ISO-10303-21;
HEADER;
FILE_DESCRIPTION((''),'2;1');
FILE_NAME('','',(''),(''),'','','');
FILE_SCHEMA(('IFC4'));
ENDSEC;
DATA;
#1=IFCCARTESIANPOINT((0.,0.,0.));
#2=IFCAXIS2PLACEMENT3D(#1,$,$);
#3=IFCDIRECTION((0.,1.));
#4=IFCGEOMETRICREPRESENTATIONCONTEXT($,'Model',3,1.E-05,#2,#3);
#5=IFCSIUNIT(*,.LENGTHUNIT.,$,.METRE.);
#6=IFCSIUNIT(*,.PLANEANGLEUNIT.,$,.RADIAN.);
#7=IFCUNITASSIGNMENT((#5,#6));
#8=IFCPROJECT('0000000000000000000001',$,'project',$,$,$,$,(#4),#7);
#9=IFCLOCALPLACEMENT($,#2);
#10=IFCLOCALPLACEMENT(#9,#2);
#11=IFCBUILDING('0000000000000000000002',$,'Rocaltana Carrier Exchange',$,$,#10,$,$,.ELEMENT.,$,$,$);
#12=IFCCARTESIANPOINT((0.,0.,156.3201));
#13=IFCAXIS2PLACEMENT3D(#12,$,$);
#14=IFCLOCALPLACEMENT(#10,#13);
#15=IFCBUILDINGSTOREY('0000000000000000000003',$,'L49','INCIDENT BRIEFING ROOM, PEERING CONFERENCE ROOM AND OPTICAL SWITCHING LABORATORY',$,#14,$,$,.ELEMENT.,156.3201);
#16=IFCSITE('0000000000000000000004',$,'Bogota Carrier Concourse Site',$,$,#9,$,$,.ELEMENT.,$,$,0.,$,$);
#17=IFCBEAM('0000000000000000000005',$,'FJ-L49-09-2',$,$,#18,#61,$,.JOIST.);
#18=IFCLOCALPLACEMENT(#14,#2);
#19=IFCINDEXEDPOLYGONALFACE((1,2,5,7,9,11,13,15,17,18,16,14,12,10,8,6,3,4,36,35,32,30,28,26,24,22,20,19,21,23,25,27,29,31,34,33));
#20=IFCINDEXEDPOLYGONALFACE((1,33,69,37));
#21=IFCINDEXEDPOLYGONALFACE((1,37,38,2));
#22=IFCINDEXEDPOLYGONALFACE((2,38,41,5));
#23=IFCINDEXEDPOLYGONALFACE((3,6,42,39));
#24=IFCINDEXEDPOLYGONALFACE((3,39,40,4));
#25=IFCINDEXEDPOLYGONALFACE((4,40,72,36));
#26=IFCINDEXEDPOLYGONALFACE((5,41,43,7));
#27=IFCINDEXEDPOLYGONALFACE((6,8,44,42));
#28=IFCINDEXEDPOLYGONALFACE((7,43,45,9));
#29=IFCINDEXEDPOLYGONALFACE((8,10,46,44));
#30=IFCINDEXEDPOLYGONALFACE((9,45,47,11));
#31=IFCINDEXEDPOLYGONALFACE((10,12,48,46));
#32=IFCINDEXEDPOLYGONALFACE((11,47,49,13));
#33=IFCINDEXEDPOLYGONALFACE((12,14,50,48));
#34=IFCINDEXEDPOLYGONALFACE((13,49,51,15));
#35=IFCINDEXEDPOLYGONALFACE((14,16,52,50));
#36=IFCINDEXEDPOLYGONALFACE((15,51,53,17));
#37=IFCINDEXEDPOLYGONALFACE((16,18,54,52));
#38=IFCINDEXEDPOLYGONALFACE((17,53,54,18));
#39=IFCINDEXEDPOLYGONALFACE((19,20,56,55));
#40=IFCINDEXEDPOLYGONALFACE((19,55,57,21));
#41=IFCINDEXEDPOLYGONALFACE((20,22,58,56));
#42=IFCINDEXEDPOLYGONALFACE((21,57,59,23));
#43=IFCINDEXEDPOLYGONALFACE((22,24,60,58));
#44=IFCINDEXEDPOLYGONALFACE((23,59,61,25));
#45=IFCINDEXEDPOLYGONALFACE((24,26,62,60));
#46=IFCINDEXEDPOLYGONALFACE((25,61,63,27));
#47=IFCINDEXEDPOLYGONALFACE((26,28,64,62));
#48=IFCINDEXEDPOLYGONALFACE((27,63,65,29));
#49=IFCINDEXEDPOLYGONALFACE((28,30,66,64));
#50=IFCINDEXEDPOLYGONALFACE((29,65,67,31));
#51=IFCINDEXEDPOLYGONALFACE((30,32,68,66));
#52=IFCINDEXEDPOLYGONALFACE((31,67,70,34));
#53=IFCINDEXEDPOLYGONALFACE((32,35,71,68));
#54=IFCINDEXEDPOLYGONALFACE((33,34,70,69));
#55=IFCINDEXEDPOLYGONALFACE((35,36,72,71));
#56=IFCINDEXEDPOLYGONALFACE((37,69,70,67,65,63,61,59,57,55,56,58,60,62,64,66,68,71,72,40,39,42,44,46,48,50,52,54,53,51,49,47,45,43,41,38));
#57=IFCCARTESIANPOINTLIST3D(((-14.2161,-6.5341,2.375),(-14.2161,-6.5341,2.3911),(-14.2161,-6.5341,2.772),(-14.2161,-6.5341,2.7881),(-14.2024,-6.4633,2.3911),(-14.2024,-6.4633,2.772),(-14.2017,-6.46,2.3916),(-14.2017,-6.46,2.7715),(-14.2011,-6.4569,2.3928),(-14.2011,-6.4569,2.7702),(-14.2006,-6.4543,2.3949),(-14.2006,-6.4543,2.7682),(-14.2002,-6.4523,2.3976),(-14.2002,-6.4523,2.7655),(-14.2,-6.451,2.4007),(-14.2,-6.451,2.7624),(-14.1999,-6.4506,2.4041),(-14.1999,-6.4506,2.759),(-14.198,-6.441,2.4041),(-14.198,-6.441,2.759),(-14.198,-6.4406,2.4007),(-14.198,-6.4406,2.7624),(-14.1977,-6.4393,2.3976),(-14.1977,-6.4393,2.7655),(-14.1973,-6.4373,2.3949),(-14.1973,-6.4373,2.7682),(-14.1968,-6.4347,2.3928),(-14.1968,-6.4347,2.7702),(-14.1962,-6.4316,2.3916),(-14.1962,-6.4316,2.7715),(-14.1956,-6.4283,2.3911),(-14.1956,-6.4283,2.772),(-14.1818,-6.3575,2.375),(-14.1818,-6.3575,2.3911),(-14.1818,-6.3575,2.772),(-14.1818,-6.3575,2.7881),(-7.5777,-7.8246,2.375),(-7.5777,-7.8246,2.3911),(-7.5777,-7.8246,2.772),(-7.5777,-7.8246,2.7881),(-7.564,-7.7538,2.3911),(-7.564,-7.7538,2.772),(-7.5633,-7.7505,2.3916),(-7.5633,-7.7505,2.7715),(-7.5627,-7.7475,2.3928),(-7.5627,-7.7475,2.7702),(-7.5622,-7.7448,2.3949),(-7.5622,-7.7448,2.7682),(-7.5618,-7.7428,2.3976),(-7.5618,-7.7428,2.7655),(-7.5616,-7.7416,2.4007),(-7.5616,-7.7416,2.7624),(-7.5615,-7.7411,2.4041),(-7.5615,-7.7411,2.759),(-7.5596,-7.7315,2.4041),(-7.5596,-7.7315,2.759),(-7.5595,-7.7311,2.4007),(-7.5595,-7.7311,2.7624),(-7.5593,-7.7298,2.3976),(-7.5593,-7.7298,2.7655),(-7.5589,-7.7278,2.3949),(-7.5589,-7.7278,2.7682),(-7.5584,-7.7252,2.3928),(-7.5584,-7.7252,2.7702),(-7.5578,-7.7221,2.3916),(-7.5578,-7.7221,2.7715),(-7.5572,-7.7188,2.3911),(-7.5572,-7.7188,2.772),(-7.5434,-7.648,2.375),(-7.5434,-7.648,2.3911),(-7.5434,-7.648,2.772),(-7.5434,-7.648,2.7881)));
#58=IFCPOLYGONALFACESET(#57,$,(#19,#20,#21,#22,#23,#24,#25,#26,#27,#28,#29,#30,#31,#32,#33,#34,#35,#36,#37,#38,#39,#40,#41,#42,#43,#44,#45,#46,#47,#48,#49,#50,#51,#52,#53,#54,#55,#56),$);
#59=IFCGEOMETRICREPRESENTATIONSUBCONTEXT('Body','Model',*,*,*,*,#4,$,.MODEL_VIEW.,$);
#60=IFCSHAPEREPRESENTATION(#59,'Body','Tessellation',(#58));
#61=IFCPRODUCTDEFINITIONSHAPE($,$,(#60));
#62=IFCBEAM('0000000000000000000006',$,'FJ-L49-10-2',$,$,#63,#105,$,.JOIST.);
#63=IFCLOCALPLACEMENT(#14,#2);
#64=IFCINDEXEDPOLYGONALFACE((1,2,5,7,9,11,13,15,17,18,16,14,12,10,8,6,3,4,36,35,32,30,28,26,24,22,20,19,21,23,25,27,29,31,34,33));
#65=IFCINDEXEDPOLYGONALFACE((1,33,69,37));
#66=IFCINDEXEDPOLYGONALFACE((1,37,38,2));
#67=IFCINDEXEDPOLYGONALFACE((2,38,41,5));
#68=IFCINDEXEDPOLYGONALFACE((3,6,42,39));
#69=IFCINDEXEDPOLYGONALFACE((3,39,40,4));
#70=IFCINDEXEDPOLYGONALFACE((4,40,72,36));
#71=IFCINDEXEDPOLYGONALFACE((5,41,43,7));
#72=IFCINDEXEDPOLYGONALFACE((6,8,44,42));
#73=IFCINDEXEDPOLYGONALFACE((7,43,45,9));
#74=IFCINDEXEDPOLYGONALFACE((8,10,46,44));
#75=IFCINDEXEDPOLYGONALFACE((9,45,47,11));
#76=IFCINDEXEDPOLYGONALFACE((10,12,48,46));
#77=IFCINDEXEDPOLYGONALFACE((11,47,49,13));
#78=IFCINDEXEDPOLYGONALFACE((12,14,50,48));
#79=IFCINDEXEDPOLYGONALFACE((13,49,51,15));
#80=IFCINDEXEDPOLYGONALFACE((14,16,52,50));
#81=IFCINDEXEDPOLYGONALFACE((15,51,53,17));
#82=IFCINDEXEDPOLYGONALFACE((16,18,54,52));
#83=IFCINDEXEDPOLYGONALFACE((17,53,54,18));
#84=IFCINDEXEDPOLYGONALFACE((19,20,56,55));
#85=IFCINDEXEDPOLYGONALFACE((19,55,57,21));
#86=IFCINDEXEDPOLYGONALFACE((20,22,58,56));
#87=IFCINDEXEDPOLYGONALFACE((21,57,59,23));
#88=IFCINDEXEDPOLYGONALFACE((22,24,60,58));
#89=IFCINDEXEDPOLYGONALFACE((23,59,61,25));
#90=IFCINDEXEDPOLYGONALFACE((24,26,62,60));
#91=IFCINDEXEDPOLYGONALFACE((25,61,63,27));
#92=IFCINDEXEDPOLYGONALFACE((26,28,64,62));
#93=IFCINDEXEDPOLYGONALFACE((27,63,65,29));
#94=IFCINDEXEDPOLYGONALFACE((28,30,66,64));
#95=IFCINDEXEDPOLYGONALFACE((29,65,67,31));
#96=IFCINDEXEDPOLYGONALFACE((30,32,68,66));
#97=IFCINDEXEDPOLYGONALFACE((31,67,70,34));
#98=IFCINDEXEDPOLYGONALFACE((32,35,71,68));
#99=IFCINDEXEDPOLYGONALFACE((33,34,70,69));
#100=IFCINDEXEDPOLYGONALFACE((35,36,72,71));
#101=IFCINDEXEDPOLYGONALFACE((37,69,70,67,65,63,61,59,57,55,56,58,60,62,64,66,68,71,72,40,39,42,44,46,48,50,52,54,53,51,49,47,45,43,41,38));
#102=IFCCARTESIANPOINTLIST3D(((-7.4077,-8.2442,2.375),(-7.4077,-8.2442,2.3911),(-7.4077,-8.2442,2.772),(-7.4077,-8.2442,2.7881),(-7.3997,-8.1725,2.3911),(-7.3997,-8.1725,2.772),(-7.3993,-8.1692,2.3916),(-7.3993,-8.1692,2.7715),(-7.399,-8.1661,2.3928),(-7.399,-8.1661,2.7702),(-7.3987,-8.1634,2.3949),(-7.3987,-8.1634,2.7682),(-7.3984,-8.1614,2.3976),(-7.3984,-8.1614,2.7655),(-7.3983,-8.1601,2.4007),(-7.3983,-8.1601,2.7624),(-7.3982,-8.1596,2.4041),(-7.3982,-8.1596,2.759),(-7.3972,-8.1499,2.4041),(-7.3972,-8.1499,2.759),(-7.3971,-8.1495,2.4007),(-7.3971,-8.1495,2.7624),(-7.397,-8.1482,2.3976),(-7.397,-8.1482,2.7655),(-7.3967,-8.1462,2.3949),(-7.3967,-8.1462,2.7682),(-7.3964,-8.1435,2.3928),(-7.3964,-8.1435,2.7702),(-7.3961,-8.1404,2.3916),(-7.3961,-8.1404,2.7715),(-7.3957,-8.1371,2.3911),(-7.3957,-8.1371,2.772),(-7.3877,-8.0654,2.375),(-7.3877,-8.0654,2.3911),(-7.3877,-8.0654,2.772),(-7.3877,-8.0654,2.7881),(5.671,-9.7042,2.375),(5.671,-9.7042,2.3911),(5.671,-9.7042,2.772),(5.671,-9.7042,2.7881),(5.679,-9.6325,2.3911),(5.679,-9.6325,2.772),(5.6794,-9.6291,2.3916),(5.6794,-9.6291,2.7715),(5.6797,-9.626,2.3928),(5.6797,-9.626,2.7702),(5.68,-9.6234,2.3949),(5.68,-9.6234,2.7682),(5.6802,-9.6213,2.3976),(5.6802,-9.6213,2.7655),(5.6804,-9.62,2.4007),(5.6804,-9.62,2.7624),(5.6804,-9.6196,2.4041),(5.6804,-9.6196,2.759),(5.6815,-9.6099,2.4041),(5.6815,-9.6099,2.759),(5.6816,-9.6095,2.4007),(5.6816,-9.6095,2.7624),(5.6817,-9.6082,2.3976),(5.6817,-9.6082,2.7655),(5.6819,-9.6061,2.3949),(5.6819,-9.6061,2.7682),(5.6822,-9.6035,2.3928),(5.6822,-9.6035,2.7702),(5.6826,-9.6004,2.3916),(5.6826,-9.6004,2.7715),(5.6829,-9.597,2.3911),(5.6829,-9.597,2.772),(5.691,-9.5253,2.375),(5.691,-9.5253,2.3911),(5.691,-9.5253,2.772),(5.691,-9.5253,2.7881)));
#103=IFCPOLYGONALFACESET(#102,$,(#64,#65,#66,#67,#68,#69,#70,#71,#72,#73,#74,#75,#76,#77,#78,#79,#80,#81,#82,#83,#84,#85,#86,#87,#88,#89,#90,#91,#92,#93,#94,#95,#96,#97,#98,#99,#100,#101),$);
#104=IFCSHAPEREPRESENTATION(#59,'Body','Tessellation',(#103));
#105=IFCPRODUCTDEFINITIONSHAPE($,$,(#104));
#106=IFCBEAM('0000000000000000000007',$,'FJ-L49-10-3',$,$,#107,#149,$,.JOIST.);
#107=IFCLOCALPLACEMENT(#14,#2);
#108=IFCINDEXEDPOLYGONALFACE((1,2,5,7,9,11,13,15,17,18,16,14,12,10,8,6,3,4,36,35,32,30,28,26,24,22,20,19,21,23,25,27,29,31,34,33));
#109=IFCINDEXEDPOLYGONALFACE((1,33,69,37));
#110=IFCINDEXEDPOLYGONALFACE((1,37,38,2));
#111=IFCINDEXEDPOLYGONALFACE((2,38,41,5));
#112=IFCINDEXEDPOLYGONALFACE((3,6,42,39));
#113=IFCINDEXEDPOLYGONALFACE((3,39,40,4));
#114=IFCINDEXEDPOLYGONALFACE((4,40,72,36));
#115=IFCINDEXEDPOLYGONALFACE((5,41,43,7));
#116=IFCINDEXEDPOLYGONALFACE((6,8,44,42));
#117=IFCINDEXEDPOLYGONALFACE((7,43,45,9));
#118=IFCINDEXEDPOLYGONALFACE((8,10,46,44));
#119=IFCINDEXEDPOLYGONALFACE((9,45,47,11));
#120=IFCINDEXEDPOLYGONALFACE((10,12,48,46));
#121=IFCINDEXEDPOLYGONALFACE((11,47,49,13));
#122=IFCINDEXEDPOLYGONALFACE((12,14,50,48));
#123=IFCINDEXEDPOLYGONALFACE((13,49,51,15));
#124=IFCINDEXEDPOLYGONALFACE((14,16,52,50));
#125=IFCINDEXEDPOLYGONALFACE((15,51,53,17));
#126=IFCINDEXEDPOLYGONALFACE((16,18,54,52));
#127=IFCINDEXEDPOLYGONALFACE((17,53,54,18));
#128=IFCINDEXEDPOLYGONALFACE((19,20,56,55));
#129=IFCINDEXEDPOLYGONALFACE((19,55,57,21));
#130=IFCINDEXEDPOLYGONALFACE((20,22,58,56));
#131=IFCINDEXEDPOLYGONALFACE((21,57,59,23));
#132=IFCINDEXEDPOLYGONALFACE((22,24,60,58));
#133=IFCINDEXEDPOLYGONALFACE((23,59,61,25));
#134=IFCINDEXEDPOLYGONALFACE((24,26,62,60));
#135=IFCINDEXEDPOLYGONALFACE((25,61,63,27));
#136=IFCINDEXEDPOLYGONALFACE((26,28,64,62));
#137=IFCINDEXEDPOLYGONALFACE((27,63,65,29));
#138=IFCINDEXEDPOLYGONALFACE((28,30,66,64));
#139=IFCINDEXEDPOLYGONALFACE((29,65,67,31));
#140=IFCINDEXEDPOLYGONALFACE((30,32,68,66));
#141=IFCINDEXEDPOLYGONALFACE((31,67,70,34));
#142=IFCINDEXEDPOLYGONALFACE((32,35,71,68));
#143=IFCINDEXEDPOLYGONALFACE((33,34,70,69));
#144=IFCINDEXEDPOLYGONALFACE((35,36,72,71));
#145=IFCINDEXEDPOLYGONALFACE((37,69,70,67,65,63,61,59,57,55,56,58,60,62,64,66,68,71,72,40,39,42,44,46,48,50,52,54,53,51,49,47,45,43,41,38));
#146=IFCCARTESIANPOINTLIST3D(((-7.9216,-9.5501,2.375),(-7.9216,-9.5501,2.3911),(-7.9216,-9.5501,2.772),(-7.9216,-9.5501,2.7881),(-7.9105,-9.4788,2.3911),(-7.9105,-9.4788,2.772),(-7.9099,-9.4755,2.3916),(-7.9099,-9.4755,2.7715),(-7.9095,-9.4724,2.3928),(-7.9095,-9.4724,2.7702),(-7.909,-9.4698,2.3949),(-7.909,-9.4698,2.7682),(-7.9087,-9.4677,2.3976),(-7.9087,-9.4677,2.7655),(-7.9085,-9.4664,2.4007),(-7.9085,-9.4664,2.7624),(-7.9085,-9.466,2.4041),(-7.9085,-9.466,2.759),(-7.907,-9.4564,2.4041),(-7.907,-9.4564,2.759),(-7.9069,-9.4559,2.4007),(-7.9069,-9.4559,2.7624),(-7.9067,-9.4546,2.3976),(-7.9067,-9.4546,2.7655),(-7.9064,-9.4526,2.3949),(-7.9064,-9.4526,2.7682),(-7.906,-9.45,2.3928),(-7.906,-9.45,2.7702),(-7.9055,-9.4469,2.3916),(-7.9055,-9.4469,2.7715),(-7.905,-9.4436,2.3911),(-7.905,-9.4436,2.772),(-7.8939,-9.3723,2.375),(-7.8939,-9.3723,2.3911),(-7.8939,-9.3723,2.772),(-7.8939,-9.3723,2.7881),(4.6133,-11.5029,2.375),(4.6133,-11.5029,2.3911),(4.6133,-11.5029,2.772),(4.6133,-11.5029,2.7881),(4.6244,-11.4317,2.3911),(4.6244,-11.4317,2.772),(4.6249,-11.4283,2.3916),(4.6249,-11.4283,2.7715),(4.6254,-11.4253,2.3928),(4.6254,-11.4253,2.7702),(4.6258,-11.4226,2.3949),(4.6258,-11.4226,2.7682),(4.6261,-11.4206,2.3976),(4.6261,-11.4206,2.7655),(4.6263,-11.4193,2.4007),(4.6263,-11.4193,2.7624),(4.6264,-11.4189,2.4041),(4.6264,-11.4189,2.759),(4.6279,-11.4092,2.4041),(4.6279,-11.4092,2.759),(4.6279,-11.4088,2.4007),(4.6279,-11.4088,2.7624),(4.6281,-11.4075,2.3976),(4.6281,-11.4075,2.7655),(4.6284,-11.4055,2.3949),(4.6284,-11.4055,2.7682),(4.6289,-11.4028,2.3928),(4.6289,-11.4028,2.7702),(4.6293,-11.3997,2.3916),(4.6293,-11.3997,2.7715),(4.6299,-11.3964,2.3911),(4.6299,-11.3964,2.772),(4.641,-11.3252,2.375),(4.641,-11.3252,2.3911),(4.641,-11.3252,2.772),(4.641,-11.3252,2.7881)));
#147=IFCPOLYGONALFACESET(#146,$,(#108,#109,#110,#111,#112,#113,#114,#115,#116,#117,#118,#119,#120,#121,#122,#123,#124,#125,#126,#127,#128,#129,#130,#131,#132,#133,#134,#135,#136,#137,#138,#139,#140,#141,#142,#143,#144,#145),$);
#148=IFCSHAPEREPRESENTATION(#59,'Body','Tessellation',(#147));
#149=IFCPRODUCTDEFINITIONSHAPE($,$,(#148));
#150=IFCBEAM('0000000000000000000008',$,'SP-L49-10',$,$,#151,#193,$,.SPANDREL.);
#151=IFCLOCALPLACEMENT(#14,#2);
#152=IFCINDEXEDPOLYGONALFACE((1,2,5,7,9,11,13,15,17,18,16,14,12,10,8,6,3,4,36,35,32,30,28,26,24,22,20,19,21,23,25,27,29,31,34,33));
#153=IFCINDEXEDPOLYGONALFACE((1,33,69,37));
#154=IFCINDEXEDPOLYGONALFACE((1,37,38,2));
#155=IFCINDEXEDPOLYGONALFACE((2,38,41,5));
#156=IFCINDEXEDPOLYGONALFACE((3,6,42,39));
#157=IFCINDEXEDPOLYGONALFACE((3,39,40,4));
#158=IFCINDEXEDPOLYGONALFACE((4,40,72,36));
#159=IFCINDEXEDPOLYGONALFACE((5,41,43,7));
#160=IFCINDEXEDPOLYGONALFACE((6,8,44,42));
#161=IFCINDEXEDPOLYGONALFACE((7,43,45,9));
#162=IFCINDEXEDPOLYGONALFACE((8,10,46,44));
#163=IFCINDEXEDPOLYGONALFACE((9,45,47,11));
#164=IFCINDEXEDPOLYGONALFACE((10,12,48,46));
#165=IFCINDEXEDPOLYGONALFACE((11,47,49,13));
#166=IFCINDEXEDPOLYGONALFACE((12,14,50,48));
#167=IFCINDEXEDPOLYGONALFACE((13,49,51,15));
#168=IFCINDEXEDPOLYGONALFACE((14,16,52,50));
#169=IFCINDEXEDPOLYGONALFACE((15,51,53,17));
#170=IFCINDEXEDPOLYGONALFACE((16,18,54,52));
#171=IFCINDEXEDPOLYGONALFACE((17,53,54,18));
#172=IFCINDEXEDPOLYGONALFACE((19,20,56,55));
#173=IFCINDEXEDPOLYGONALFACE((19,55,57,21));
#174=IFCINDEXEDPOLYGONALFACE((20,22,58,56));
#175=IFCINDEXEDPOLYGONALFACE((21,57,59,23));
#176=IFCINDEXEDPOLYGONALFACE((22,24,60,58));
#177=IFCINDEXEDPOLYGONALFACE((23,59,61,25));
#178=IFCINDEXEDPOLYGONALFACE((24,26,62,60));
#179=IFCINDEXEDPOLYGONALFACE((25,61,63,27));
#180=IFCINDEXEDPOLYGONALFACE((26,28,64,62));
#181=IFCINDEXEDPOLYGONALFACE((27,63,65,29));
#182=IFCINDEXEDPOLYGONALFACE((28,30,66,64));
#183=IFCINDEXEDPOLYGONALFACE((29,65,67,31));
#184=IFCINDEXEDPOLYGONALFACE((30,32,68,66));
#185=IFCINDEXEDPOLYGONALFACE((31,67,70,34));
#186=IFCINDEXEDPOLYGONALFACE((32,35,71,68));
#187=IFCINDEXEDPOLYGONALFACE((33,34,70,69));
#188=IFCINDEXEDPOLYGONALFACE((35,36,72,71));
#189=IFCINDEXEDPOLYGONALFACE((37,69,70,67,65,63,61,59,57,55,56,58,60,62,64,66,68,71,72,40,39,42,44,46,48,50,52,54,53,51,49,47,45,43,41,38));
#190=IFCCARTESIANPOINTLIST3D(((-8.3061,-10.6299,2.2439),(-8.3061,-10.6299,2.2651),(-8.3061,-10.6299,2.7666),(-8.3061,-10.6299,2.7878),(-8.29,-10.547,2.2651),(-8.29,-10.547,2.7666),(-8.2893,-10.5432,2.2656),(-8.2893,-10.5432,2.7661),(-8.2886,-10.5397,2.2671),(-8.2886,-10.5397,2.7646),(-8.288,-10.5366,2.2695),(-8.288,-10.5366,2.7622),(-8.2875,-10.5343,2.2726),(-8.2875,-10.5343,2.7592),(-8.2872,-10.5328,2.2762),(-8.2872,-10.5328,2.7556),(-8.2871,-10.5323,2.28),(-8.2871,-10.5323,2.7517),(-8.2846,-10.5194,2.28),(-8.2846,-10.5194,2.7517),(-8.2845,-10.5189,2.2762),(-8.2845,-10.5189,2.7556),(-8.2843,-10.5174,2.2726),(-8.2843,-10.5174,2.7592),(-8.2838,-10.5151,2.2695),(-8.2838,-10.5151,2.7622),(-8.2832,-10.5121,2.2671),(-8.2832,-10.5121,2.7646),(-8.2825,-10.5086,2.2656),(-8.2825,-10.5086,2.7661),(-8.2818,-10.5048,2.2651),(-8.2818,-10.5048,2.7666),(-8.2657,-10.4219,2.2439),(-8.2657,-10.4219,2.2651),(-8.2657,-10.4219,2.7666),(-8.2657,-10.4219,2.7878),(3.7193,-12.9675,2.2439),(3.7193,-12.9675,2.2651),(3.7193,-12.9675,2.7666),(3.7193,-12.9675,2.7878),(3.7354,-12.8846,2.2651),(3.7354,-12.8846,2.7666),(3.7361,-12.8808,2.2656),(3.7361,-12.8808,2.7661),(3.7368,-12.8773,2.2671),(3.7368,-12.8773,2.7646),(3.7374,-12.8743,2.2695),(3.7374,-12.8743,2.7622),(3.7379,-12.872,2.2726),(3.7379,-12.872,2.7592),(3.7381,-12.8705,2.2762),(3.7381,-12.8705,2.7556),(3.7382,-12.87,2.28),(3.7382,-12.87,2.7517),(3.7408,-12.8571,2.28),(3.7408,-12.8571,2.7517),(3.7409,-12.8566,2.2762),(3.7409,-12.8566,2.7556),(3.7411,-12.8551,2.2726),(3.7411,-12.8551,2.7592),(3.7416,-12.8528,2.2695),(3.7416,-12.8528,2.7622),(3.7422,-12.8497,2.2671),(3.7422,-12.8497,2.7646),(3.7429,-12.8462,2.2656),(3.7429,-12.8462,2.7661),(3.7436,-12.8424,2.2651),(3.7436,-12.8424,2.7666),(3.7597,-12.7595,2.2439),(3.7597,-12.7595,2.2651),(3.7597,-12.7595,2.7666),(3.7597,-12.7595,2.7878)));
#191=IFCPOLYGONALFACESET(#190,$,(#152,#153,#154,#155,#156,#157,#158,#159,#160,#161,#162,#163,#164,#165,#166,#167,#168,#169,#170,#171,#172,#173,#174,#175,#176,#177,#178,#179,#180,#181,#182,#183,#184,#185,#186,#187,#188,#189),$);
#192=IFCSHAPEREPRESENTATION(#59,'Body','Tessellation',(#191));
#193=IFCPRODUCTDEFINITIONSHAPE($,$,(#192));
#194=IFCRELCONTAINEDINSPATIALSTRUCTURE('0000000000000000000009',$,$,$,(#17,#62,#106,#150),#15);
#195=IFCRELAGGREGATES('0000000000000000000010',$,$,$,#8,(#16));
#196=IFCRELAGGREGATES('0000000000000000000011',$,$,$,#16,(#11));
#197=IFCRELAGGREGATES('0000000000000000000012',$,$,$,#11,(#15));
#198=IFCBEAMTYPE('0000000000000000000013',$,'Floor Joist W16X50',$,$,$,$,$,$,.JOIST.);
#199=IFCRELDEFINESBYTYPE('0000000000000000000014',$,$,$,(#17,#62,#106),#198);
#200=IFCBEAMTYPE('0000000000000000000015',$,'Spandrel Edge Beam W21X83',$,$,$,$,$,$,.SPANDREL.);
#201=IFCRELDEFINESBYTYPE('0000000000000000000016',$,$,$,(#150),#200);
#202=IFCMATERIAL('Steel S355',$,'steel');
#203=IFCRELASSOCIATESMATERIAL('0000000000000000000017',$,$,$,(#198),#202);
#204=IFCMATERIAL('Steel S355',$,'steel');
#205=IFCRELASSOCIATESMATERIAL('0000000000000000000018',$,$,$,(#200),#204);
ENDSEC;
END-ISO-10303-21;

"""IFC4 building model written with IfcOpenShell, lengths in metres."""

from ifc_helpers import new_model, si_unit, direction, frame, origin, origin_2d, place, context, subcontext, project, spatial, i_section, extrude, material, material_profile, profile_set, type_object, element, save


model = new_model("IFC4")

# Units and contexts
model_context = context("Model", 3, precision=1e-05, world=origin(), true_north=direction((0.0, 1.0)))
body_context = subcontext(model_context, "Body", "Model", "MODEL_VIEW")
ifc_project = project(units=[si_unit("LENGTHUNIT", "METRE"), si_unit("PLANEANGLEUNIT", "RADIAN")], contexts=[model_context])

# Site, building, storey
site_placement = place(None, origin())
site = spatial("IfcSite", under=ifc_project, at=site_placement, Name="Bogota Carrier Concourse Site", CompositionType="ELEMENT", RefElevation=0.0)
building_placement = place(site_placement, origin())
building = spatial("IfcBuilding", under=site, at=building_placement, Name="Rocaltana Carrier Exchange", CompositionType="ELEMENT")
storey_placement = place(building_placement, frame((0.0, 0.0, 156.3201)))
storey = spatial("IfcBuildingStorey", under=building, at=storey_placement, Name="L49", Description="INCIDENT BRIEFING ROOM, PEERING CONFERENCE ROOM AND OPTICAL SWITCHING LABORATORY", CompositionType="ELEMENT", Elevation=156.3201)

# Beams
ifc_material_1 = material(Name="Steel S355", Category="steel")
ifc_material_profile_1 = material_profile(ifc_material_1, i_section(OverallWidth=0.1799, OverallDepth=0.4131, WebThickness=0.0098, FlangeThickness=0.0161, FilletRadius=0.0129, at=origin_2d()), Name="W16X50")
ifc_profile_set_1 = profile_set([ifc_material_profile_1], Name="Steel S355")
beam_type_1 = type_object("IfcBeamType", Name="Floor Joist W16X50", PredefinedType="JOIST", material=ifc_profile_set_1)
beam_1_placement = place(storey_placement, frame((-14.199, -6.4458, 2.5815), z_axis=(0.981623, -0.19083, 0.0), x_axis=(0.19083, 0.981623, 0.0)))
element("IfcBeam", 1, at=beam_1_placement, inside=storey, type_object=beam_type_1, Name="FJ-L49-09-2", PredefinedType="JOIST", context=body_context, shape_type="SweptSolid", body=[
    extrude(i_section(OverallWidth=0.1799, OverallDepth=0.4131, WebThickness=0.0098, FlangeThickness=0.0161, FilletRadius=0.0129, at=origin_2d()), origin(), (0.0, 0.0, 1.0), 6.7627),
])
beam_2_placement = place(storey_placement, frame((-7.3977, -8.1548, 2.5815), z_axis=(0.993827, -0.110941, 0.0), x_axis=(0.110941, 0.993827, 0.0)))
element("IfcBeam", 2, at=beam_2_placement, inside=storey, type_object=beam_type_1, Name="FJ-L49-10-2", PredefinedType="JOIST", context=body_context, shape_type="SweptSolid", body=[
    extrude(i_section(OverallWidth=0.1799, OverallDepth=0.4131, WebThickness=0.0098, FlangeThickness=0.0161, FilletRadius=0.0129, at=origin_2d()), origin(), (0.0, 0.0, 1.0), 13.1599),
])
beam_3_placement = place(storey_placement, frame((-7.9077, -9.4612, 2.5815), z_axis=(0.98808, -0.153938, 0.0), x_axis=(0.153938, 0.98808, 0.0)))
element("IfcBeam", 3, at=beam_3_placement, inside=storey, type_object=beam_type_1, Name="FJ-L49-10-3", PredefinedType="JOIST", context=body_context, shape_type="SweptSolid", body=[
    extrude(i_section(OverallWidth=0.1799, OverallDepth=0.4131, WebThickness=0.0098, FlangeThickness=0.0161, FilletRadius=0.0129, at=origin_2d()), origin(), (0.0, 0.0, 1.0), 12.686),
])
ifc_material_2 = material(Name="Steel S355", Category="steel")
ifc_material_profile_2 = material_profile(ifc_material_2, i_section(OverallWidth=0.2119, OverallDepth=0.5439, WebThickness=0.0132, FlangeThickness=0.0212, FilletRadius=0.0149, at=origin_2d()), Name="W21X83")
ifc_profile_set_2 = profile_set([ifc_material_profile_2], Name="Steel S355")
beam_type_2 = type_object("IfcBeamType", Name="Spandrel Edge Beam W21X83", PredefinedType="SPANDREL", material=ifc_profile_set_2)
beam_4_placement = place(storey_placement, frame((-8.2859, -10.5259, 2.5159), z_axis=(0.981625, -0.190821, 0.0), x_axis=(0.190821, 0.981625, 0.0)))
element("IfcBeam", 4, at=beam_4_placement, inside=storey, type_object=beam_type_2, Name="SP-L49-10", PredefinedType="SPANDREL", context=body_context, shape_type="SweptSolid", body=[
    extrude(i_section(OverallWidth=0.2119, OverallDepth=0.5439, WebThickness=0.0132, FlangeThickness=0.0212, FilletRadius=0.0149, at=origin_2d()), origin(), (0.0, 0.0, 1.0), 12.2505),
])

save(model, "model.ifc")
